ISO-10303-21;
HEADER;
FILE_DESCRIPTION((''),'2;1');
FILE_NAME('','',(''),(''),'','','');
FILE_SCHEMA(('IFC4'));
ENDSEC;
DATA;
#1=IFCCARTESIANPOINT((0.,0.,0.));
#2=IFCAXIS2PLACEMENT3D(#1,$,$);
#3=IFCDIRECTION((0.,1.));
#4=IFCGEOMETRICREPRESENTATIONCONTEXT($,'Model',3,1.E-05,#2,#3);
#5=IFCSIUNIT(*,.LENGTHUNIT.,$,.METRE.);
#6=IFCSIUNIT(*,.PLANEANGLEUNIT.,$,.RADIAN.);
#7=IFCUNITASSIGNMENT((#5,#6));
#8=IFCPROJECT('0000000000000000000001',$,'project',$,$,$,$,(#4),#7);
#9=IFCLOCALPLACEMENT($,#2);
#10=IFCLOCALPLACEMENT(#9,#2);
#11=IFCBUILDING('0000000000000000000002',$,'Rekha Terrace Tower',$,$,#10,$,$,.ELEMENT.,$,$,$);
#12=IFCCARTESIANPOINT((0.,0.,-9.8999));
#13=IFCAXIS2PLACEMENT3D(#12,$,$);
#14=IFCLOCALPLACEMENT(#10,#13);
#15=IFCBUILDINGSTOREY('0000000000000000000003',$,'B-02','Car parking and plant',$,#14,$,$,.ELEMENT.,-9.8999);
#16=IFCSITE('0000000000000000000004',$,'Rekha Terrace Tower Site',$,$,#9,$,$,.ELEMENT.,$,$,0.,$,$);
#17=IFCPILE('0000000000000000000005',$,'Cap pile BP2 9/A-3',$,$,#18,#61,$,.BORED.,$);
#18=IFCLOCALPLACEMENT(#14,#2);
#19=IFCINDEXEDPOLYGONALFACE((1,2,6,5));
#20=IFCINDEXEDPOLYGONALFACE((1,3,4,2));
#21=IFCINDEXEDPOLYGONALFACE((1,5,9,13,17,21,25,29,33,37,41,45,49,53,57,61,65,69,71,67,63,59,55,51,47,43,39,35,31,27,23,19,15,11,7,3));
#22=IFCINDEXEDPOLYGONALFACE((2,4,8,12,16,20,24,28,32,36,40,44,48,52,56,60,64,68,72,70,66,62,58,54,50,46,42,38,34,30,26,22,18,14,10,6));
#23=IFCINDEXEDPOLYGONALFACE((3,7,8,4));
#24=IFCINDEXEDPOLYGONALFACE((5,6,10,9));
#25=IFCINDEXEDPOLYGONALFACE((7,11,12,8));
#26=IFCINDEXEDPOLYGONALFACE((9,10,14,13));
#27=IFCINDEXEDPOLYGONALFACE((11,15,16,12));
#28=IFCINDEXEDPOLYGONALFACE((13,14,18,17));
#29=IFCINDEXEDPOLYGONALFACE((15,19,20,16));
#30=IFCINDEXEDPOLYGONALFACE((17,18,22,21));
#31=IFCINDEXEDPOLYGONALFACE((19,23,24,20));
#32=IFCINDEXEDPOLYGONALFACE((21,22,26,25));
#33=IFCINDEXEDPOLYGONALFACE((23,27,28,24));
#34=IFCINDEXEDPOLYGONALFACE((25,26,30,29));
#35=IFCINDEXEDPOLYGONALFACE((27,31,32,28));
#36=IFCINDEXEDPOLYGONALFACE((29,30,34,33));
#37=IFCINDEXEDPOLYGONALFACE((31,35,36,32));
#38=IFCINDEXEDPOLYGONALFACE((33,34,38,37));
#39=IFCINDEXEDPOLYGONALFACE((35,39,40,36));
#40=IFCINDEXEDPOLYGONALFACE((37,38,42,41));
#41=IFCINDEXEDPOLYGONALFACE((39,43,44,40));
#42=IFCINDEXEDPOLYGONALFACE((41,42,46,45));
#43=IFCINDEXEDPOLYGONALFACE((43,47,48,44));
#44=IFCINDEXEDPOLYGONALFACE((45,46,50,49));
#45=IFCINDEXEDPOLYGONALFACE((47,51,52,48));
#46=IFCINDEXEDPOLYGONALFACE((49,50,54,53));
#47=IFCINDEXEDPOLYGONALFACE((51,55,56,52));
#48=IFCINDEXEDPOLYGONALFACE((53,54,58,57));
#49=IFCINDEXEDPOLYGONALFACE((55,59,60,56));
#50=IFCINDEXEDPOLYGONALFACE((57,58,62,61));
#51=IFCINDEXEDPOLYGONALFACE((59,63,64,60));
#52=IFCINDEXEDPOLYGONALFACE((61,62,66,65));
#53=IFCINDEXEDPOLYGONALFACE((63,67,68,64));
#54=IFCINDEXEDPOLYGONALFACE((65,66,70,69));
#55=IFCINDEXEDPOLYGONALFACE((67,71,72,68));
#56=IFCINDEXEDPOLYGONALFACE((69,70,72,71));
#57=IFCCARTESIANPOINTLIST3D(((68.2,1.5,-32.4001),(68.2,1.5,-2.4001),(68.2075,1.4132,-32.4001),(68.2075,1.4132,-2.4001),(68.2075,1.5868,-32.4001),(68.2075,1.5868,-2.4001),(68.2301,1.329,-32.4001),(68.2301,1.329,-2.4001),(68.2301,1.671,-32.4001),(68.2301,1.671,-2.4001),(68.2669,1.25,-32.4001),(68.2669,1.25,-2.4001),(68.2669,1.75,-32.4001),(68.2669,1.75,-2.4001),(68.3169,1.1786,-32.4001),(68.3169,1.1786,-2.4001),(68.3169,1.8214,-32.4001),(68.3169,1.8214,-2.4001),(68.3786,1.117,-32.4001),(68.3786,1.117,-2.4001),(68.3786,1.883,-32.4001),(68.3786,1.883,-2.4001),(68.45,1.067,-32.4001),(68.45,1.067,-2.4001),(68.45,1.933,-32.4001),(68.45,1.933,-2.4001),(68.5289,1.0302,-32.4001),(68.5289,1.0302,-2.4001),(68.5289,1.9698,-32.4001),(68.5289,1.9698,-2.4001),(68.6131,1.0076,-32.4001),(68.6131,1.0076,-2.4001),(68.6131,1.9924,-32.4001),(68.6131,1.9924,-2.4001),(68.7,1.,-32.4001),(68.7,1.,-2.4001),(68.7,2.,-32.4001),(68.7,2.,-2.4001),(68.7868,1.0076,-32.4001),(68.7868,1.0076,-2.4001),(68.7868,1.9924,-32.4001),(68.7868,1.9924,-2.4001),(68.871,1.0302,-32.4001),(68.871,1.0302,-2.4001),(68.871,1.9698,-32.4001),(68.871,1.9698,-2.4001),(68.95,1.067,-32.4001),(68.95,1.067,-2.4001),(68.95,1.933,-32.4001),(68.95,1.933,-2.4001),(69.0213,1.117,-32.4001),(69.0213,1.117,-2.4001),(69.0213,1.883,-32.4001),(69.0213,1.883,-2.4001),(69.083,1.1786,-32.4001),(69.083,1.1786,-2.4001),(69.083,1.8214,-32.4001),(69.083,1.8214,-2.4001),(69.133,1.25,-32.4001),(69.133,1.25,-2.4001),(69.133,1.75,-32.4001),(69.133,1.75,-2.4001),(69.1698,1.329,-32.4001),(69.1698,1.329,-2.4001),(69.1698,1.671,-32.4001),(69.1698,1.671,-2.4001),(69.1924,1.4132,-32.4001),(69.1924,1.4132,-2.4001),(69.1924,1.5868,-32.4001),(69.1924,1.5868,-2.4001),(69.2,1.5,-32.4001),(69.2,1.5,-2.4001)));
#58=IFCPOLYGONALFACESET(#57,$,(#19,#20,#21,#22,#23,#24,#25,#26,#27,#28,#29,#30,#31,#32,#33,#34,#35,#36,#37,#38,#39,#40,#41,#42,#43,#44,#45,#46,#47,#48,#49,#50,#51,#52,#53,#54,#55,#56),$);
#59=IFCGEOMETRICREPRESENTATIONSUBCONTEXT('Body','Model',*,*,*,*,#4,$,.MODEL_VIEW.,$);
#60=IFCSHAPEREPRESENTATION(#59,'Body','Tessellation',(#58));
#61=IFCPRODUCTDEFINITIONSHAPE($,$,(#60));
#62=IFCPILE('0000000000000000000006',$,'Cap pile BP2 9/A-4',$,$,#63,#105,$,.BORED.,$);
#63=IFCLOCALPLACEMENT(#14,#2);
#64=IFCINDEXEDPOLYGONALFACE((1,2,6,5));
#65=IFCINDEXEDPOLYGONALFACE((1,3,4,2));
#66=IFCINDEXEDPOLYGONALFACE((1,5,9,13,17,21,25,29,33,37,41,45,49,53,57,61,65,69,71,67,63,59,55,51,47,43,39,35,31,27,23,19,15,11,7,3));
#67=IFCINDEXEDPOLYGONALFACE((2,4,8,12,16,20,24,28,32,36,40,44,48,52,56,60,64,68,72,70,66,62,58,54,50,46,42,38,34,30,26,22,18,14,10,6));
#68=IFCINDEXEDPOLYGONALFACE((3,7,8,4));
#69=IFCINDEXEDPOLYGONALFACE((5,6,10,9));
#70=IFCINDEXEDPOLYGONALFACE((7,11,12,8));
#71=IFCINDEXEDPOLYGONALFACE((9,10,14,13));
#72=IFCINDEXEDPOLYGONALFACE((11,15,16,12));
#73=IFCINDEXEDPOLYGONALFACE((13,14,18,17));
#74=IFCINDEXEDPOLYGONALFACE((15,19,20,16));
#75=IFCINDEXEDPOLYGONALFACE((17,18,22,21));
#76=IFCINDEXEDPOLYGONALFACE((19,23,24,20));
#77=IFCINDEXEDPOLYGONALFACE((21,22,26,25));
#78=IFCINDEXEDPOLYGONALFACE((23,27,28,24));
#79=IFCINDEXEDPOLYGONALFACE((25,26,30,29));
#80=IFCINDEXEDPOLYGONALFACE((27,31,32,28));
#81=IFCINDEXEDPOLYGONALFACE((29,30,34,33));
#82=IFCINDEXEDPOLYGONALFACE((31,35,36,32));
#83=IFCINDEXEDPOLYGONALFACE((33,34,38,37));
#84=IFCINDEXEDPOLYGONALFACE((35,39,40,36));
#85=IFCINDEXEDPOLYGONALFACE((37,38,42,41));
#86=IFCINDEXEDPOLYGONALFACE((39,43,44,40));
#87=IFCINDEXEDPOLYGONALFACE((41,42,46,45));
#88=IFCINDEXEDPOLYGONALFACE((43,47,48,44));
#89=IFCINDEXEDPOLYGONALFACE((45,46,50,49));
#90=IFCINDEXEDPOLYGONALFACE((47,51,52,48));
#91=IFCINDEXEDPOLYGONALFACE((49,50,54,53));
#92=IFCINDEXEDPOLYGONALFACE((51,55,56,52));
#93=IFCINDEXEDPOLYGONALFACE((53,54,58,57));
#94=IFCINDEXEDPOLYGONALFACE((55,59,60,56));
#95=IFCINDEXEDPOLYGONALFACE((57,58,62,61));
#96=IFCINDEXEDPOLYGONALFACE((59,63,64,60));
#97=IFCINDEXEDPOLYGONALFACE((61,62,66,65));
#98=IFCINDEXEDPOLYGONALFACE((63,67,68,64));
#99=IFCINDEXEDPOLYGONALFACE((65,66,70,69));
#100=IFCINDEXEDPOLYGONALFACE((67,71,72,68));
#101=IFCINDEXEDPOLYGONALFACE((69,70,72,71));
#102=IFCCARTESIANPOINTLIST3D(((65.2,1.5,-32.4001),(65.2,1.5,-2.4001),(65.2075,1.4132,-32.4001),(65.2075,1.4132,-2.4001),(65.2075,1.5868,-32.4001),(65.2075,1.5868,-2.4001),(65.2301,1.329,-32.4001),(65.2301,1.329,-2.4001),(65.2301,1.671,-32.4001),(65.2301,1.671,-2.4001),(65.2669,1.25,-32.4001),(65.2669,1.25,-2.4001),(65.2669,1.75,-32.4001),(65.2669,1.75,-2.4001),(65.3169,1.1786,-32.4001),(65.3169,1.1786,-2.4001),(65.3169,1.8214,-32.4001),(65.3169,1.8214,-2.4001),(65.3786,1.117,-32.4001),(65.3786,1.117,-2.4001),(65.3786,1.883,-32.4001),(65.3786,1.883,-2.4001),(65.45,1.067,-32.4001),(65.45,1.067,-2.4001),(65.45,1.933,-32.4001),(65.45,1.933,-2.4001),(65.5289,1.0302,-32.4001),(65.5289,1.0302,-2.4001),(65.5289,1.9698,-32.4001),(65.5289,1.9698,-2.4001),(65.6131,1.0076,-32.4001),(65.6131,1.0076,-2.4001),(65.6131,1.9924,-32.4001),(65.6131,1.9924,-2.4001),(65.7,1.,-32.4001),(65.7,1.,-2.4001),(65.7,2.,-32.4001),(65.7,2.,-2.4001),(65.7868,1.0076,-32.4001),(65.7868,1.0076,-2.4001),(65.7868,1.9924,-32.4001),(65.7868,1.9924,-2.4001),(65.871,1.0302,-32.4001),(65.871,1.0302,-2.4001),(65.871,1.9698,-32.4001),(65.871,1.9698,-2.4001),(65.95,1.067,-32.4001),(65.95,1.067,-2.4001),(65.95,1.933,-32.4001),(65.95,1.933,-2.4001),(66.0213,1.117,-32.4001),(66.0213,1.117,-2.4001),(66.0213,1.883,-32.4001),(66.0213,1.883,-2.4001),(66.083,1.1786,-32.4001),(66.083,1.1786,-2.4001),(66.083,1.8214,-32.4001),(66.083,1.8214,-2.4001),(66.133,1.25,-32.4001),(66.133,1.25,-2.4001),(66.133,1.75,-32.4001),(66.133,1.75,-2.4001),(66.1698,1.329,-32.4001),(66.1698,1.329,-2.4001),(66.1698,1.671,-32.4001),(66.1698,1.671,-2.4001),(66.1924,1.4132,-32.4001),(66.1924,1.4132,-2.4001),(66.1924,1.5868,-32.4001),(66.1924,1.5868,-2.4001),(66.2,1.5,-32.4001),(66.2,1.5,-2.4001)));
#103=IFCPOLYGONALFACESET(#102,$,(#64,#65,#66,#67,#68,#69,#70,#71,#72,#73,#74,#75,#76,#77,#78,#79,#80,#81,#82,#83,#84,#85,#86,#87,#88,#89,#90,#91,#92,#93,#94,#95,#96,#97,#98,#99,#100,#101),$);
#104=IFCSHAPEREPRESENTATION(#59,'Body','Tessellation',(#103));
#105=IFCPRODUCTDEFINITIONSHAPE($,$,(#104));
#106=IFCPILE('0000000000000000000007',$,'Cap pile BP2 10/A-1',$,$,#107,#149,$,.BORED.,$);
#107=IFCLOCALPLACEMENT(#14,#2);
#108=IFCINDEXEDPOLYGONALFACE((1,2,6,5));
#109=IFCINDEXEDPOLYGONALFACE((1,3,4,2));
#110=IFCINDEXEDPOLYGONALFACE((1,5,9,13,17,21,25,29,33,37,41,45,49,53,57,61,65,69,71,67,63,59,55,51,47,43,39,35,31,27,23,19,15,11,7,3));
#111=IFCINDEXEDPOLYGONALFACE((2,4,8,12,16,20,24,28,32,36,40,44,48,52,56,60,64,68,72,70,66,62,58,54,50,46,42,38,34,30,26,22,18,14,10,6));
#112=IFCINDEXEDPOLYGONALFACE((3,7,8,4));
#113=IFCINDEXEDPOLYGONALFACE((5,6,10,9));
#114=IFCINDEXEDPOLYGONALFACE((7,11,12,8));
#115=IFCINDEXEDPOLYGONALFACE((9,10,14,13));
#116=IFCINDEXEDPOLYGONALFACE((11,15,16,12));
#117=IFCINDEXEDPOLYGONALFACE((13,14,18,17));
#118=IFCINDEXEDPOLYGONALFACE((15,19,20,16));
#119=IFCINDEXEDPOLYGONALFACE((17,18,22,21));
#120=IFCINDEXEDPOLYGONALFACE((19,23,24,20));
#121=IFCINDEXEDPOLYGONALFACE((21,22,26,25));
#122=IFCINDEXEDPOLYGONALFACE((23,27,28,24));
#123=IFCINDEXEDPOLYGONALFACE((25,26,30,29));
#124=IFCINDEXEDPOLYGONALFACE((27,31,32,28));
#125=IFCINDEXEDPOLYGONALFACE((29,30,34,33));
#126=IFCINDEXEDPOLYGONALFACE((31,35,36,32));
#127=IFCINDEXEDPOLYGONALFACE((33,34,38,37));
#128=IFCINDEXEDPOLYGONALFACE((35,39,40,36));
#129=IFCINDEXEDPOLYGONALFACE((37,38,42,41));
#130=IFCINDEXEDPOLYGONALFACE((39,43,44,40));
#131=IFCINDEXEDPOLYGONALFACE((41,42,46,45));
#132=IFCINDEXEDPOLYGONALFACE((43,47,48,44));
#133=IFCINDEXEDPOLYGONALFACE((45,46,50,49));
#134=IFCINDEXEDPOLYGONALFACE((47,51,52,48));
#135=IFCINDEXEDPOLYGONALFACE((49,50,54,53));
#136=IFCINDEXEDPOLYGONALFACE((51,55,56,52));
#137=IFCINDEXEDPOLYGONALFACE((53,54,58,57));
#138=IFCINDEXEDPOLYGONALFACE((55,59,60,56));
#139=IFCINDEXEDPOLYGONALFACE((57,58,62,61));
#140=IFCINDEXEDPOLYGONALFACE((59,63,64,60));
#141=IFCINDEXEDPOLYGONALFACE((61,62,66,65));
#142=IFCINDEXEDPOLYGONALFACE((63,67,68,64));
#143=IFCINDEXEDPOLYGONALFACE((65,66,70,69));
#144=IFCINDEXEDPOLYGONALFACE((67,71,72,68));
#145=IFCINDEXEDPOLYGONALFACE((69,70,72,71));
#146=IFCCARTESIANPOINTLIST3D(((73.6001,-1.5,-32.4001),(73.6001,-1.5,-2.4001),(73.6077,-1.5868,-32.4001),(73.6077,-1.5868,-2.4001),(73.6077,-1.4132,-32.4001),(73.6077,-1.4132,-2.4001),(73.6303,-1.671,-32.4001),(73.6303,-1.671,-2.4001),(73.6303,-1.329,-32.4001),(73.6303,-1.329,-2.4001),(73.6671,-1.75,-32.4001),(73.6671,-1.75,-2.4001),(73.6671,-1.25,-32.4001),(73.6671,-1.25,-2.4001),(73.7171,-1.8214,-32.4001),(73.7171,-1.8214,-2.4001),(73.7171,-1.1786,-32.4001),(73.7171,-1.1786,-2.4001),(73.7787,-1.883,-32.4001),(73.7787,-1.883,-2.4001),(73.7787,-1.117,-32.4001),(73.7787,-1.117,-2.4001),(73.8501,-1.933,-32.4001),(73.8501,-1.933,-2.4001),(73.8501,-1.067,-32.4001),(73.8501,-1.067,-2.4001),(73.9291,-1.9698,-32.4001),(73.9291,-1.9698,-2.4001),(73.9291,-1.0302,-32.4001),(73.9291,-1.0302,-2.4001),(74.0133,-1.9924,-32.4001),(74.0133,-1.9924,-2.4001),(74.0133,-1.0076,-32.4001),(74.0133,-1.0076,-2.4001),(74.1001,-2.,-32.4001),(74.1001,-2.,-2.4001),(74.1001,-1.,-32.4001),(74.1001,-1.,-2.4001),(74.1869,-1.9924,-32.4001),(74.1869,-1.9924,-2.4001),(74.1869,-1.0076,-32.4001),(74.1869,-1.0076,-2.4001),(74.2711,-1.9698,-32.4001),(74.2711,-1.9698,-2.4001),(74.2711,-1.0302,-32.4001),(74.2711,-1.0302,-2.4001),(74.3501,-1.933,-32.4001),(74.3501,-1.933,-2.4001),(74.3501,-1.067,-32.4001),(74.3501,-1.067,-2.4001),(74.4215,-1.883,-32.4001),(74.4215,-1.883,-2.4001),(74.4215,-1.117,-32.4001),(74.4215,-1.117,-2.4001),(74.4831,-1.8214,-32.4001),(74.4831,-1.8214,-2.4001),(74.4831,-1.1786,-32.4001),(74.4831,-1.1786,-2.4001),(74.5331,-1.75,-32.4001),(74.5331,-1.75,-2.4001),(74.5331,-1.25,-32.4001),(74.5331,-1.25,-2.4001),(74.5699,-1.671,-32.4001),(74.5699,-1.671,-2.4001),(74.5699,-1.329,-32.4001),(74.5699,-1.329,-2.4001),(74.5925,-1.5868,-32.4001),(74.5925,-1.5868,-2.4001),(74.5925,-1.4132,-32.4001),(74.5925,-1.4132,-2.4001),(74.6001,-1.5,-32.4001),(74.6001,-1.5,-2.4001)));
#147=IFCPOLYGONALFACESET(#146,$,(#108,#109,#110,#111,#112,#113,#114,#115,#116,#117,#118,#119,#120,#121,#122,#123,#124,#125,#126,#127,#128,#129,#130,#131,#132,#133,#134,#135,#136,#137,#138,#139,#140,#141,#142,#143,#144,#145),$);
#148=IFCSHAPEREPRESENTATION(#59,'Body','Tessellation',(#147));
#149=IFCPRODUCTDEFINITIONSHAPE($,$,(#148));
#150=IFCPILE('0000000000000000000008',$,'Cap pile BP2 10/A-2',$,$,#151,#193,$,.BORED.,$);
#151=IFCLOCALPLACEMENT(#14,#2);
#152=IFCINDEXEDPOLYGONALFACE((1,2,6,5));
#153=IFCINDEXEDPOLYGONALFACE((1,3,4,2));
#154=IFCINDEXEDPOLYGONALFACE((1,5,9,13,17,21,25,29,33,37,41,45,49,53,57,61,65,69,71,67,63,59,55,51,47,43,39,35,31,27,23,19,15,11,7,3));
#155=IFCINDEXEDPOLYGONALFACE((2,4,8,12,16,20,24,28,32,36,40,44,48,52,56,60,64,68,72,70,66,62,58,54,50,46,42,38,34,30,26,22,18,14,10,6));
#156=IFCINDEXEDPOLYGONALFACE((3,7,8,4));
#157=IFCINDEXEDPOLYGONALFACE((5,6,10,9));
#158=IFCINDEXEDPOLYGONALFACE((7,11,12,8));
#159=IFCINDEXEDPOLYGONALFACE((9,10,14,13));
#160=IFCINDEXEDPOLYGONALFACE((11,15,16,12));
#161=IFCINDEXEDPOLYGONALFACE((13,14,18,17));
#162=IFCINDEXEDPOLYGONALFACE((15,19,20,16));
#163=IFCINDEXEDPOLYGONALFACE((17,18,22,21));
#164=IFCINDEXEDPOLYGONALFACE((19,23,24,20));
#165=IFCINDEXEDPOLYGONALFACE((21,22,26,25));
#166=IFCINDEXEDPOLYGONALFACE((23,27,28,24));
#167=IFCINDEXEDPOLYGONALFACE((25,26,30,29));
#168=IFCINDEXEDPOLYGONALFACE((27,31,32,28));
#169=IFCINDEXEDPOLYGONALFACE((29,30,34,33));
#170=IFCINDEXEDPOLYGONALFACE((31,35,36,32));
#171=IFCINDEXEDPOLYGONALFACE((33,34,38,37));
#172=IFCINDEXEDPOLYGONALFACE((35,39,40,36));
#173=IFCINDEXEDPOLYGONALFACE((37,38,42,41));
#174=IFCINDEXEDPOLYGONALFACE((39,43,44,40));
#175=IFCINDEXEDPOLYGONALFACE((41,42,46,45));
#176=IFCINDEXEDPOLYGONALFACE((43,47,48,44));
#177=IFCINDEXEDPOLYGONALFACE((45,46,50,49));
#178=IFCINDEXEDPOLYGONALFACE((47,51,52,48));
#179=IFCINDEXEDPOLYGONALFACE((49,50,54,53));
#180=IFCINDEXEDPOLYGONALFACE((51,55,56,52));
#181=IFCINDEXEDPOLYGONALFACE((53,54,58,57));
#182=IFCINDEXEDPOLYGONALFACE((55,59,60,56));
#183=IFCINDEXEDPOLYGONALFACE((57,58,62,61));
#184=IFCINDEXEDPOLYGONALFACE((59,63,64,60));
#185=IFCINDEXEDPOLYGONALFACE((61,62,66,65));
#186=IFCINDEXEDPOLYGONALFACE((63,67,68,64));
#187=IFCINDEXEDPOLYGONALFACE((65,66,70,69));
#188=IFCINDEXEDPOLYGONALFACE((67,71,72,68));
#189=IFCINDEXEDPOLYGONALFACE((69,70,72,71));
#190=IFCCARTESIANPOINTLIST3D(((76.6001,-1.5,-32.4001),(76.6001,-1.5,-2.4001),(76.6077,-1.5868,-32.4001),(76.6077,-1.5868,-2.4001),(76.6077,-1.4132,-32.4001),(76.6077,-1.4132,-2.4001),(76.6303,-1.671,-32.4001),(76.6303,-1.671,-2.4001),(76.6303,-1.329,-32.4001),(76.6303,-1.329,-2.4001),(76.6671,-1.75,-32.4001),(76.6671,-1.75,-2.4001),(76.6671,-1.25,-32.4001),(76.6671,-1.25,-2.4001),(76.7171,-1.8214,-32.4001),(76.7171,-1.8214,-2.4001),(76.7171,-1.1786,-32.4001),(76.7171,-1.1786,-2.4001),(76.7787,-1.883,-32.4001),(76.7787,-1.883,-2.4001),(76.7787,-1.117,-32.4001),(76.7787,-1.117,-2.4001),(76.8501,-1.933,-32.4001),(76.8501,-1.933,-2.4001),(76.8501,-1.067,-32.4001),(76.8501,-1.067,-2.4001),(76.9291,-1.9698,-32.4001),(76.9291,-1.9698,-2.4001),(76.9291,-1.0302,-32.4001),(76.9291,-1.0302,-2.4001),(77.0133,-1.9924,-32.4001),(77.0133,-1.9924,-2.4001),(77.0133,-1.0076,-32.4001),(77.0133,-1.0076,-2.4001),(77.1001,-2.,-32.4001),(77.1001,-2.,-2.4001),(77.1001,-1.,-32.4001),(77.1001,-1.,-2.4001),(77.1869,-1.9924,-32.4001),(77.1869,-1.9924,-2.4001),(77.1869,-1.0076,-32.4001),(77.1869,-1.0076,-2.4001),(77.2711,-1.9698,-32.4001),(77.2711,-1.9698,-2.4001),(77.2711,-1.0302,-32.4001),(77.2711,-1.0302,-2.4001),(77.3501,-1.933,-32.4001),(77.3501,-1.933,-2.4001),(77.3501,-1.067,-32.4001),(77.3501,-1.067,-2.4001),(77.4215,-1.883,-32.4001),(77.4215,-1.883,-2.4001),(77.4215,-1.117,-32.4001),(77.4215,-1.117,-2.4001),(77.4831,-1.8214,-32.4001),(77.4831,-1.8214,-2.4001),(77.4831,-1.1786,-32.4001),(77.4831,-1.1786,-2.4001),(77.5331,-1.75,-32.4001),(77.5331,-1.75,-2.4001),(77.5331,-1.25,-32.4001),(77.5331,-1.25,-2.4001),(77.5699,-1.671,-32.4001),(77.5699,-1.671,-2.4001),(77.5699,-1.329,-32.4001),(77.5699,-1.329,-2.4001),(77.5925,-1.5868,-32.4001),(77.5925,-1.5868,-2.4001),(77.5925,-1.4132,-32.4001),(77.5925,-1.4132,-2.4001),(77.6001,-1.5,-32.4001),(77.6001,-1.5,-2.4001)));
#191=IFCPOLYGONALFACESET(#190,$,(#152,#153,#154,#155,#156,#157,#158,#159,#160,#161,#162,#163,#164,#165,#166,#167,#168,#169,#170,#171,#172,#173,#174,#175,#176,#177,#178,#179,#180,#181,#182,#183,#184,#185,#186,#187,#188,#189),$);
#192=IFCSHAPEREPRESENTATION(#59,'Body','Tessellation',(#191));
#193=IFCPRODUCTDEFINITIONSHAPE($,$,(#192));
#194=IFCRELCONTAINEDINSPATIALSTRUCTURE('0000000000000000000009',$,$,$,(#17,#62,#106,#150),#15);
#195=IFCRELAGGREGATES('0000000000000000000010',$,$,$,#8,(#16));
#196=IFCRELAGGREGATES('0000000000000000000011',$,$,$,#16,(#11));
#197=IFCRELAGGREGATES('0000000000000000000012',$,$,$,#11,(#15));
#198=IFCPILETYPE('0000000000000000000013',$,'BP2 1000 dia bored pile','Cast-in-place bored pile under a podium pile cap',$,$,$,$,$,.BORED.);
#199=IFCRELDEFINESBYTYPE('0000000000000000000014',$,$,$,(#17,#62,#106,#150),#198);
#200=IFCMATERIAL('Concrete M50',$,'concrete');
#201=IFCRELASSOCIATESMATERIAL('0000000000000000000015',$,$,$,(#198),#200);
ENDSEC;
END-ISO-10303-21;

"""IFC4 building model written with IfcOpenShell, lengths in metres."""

from ifc_helpers import new_model, si_unit, direction, frame, origin, origin_2d, place, context, subcontext, project, spatial, circle, extrude, material, type_object, element, save


model = new_model("IFC4")

# Units and contexts
model_context = context("Model", 3, precision=1e-05, world=origin(), true_north=direction((0.0, 1.0)))
body_context = subcontext(model_context, "Body", "Model", "MODEL_VIEW")
ifc_project = project(units=[si_unit("LENGTHUNIT", "METRE"), si_unit("PLANEANGLEUNIT", "RADIAN")], contexts=[model_context])

# Site, building, storey
site_placement = place(None, origin())
site = spatial("IfcSite", under=ifc_project, at=site_placement, Name="Rekha Terrace Tower Site", CompositionType="ELEMENT", RefElevation=0.0)
building_placement = place(site_placement, origin())
building = spatial("IfcBuilding", under=site, at=building_placement, Name="Rekha Terrace Tower", CompositionType="ELEMENT")
storey_placement = place(building_placement, frame((0.0, 0.0, -9.8999)))
storey = spatial("IfcBuildingStorey", under=building, at=storey_placement, Name="B-02", Description="Car parking and plant", CompositionType="ELEMENT", Elevation=-9.8999)

# Piles
ifc_material_1 = material(Name="Concrete M50", Category="concrete")
pile_type_1 = type_object("IfcPileType", Name="BP2 1000 dia bored pile", Description="Cast-in-place bored pile under a podium pile cap", PredefinedType="BORED", material=ifc_material_1)
for number, where, z_axis, x_axis, name in (
    (1, (68.7, 1.5, -2.4001), (0.0, 0.0, -1.0), (1.0, 0.0, 0.0), "Cap pile BP2 9/A-3"),
    (2, (65.7, 1.5, -2.4001), (0.0, 0.0, -1.0), (1.0, 0.0, 0.0), "Cap pile BP2 9/A-4"),
    (3, (74.1001, -1.5, -2.4001), (0.0, 0.0, -1.0), (1.0, 0.0, 0.0), "Cap pile BP2 10/A-1"),
    (4, (77.1001, -1.5, -2.4001), (0.0, 0.0, -1.0), (1.0, 0.0, 0.0), "Cap pile BP2 10/A-2"),
):
    element("IfcPile", number, at=place(storey_placement, frame(where, z_axis=z_axis, x_axis=x_axis)), inside=storey, type_object=pile_type_1, Name=name, PredefinedType="BORED", context=body_context, shape_type="SweptSolid", body=[
        extrude(circle(Radius=0.5, at=origin_2d()), origin(), (0.0, 0.0, 1.0), 30.0),
    ])

save(model, "model.ifc")
